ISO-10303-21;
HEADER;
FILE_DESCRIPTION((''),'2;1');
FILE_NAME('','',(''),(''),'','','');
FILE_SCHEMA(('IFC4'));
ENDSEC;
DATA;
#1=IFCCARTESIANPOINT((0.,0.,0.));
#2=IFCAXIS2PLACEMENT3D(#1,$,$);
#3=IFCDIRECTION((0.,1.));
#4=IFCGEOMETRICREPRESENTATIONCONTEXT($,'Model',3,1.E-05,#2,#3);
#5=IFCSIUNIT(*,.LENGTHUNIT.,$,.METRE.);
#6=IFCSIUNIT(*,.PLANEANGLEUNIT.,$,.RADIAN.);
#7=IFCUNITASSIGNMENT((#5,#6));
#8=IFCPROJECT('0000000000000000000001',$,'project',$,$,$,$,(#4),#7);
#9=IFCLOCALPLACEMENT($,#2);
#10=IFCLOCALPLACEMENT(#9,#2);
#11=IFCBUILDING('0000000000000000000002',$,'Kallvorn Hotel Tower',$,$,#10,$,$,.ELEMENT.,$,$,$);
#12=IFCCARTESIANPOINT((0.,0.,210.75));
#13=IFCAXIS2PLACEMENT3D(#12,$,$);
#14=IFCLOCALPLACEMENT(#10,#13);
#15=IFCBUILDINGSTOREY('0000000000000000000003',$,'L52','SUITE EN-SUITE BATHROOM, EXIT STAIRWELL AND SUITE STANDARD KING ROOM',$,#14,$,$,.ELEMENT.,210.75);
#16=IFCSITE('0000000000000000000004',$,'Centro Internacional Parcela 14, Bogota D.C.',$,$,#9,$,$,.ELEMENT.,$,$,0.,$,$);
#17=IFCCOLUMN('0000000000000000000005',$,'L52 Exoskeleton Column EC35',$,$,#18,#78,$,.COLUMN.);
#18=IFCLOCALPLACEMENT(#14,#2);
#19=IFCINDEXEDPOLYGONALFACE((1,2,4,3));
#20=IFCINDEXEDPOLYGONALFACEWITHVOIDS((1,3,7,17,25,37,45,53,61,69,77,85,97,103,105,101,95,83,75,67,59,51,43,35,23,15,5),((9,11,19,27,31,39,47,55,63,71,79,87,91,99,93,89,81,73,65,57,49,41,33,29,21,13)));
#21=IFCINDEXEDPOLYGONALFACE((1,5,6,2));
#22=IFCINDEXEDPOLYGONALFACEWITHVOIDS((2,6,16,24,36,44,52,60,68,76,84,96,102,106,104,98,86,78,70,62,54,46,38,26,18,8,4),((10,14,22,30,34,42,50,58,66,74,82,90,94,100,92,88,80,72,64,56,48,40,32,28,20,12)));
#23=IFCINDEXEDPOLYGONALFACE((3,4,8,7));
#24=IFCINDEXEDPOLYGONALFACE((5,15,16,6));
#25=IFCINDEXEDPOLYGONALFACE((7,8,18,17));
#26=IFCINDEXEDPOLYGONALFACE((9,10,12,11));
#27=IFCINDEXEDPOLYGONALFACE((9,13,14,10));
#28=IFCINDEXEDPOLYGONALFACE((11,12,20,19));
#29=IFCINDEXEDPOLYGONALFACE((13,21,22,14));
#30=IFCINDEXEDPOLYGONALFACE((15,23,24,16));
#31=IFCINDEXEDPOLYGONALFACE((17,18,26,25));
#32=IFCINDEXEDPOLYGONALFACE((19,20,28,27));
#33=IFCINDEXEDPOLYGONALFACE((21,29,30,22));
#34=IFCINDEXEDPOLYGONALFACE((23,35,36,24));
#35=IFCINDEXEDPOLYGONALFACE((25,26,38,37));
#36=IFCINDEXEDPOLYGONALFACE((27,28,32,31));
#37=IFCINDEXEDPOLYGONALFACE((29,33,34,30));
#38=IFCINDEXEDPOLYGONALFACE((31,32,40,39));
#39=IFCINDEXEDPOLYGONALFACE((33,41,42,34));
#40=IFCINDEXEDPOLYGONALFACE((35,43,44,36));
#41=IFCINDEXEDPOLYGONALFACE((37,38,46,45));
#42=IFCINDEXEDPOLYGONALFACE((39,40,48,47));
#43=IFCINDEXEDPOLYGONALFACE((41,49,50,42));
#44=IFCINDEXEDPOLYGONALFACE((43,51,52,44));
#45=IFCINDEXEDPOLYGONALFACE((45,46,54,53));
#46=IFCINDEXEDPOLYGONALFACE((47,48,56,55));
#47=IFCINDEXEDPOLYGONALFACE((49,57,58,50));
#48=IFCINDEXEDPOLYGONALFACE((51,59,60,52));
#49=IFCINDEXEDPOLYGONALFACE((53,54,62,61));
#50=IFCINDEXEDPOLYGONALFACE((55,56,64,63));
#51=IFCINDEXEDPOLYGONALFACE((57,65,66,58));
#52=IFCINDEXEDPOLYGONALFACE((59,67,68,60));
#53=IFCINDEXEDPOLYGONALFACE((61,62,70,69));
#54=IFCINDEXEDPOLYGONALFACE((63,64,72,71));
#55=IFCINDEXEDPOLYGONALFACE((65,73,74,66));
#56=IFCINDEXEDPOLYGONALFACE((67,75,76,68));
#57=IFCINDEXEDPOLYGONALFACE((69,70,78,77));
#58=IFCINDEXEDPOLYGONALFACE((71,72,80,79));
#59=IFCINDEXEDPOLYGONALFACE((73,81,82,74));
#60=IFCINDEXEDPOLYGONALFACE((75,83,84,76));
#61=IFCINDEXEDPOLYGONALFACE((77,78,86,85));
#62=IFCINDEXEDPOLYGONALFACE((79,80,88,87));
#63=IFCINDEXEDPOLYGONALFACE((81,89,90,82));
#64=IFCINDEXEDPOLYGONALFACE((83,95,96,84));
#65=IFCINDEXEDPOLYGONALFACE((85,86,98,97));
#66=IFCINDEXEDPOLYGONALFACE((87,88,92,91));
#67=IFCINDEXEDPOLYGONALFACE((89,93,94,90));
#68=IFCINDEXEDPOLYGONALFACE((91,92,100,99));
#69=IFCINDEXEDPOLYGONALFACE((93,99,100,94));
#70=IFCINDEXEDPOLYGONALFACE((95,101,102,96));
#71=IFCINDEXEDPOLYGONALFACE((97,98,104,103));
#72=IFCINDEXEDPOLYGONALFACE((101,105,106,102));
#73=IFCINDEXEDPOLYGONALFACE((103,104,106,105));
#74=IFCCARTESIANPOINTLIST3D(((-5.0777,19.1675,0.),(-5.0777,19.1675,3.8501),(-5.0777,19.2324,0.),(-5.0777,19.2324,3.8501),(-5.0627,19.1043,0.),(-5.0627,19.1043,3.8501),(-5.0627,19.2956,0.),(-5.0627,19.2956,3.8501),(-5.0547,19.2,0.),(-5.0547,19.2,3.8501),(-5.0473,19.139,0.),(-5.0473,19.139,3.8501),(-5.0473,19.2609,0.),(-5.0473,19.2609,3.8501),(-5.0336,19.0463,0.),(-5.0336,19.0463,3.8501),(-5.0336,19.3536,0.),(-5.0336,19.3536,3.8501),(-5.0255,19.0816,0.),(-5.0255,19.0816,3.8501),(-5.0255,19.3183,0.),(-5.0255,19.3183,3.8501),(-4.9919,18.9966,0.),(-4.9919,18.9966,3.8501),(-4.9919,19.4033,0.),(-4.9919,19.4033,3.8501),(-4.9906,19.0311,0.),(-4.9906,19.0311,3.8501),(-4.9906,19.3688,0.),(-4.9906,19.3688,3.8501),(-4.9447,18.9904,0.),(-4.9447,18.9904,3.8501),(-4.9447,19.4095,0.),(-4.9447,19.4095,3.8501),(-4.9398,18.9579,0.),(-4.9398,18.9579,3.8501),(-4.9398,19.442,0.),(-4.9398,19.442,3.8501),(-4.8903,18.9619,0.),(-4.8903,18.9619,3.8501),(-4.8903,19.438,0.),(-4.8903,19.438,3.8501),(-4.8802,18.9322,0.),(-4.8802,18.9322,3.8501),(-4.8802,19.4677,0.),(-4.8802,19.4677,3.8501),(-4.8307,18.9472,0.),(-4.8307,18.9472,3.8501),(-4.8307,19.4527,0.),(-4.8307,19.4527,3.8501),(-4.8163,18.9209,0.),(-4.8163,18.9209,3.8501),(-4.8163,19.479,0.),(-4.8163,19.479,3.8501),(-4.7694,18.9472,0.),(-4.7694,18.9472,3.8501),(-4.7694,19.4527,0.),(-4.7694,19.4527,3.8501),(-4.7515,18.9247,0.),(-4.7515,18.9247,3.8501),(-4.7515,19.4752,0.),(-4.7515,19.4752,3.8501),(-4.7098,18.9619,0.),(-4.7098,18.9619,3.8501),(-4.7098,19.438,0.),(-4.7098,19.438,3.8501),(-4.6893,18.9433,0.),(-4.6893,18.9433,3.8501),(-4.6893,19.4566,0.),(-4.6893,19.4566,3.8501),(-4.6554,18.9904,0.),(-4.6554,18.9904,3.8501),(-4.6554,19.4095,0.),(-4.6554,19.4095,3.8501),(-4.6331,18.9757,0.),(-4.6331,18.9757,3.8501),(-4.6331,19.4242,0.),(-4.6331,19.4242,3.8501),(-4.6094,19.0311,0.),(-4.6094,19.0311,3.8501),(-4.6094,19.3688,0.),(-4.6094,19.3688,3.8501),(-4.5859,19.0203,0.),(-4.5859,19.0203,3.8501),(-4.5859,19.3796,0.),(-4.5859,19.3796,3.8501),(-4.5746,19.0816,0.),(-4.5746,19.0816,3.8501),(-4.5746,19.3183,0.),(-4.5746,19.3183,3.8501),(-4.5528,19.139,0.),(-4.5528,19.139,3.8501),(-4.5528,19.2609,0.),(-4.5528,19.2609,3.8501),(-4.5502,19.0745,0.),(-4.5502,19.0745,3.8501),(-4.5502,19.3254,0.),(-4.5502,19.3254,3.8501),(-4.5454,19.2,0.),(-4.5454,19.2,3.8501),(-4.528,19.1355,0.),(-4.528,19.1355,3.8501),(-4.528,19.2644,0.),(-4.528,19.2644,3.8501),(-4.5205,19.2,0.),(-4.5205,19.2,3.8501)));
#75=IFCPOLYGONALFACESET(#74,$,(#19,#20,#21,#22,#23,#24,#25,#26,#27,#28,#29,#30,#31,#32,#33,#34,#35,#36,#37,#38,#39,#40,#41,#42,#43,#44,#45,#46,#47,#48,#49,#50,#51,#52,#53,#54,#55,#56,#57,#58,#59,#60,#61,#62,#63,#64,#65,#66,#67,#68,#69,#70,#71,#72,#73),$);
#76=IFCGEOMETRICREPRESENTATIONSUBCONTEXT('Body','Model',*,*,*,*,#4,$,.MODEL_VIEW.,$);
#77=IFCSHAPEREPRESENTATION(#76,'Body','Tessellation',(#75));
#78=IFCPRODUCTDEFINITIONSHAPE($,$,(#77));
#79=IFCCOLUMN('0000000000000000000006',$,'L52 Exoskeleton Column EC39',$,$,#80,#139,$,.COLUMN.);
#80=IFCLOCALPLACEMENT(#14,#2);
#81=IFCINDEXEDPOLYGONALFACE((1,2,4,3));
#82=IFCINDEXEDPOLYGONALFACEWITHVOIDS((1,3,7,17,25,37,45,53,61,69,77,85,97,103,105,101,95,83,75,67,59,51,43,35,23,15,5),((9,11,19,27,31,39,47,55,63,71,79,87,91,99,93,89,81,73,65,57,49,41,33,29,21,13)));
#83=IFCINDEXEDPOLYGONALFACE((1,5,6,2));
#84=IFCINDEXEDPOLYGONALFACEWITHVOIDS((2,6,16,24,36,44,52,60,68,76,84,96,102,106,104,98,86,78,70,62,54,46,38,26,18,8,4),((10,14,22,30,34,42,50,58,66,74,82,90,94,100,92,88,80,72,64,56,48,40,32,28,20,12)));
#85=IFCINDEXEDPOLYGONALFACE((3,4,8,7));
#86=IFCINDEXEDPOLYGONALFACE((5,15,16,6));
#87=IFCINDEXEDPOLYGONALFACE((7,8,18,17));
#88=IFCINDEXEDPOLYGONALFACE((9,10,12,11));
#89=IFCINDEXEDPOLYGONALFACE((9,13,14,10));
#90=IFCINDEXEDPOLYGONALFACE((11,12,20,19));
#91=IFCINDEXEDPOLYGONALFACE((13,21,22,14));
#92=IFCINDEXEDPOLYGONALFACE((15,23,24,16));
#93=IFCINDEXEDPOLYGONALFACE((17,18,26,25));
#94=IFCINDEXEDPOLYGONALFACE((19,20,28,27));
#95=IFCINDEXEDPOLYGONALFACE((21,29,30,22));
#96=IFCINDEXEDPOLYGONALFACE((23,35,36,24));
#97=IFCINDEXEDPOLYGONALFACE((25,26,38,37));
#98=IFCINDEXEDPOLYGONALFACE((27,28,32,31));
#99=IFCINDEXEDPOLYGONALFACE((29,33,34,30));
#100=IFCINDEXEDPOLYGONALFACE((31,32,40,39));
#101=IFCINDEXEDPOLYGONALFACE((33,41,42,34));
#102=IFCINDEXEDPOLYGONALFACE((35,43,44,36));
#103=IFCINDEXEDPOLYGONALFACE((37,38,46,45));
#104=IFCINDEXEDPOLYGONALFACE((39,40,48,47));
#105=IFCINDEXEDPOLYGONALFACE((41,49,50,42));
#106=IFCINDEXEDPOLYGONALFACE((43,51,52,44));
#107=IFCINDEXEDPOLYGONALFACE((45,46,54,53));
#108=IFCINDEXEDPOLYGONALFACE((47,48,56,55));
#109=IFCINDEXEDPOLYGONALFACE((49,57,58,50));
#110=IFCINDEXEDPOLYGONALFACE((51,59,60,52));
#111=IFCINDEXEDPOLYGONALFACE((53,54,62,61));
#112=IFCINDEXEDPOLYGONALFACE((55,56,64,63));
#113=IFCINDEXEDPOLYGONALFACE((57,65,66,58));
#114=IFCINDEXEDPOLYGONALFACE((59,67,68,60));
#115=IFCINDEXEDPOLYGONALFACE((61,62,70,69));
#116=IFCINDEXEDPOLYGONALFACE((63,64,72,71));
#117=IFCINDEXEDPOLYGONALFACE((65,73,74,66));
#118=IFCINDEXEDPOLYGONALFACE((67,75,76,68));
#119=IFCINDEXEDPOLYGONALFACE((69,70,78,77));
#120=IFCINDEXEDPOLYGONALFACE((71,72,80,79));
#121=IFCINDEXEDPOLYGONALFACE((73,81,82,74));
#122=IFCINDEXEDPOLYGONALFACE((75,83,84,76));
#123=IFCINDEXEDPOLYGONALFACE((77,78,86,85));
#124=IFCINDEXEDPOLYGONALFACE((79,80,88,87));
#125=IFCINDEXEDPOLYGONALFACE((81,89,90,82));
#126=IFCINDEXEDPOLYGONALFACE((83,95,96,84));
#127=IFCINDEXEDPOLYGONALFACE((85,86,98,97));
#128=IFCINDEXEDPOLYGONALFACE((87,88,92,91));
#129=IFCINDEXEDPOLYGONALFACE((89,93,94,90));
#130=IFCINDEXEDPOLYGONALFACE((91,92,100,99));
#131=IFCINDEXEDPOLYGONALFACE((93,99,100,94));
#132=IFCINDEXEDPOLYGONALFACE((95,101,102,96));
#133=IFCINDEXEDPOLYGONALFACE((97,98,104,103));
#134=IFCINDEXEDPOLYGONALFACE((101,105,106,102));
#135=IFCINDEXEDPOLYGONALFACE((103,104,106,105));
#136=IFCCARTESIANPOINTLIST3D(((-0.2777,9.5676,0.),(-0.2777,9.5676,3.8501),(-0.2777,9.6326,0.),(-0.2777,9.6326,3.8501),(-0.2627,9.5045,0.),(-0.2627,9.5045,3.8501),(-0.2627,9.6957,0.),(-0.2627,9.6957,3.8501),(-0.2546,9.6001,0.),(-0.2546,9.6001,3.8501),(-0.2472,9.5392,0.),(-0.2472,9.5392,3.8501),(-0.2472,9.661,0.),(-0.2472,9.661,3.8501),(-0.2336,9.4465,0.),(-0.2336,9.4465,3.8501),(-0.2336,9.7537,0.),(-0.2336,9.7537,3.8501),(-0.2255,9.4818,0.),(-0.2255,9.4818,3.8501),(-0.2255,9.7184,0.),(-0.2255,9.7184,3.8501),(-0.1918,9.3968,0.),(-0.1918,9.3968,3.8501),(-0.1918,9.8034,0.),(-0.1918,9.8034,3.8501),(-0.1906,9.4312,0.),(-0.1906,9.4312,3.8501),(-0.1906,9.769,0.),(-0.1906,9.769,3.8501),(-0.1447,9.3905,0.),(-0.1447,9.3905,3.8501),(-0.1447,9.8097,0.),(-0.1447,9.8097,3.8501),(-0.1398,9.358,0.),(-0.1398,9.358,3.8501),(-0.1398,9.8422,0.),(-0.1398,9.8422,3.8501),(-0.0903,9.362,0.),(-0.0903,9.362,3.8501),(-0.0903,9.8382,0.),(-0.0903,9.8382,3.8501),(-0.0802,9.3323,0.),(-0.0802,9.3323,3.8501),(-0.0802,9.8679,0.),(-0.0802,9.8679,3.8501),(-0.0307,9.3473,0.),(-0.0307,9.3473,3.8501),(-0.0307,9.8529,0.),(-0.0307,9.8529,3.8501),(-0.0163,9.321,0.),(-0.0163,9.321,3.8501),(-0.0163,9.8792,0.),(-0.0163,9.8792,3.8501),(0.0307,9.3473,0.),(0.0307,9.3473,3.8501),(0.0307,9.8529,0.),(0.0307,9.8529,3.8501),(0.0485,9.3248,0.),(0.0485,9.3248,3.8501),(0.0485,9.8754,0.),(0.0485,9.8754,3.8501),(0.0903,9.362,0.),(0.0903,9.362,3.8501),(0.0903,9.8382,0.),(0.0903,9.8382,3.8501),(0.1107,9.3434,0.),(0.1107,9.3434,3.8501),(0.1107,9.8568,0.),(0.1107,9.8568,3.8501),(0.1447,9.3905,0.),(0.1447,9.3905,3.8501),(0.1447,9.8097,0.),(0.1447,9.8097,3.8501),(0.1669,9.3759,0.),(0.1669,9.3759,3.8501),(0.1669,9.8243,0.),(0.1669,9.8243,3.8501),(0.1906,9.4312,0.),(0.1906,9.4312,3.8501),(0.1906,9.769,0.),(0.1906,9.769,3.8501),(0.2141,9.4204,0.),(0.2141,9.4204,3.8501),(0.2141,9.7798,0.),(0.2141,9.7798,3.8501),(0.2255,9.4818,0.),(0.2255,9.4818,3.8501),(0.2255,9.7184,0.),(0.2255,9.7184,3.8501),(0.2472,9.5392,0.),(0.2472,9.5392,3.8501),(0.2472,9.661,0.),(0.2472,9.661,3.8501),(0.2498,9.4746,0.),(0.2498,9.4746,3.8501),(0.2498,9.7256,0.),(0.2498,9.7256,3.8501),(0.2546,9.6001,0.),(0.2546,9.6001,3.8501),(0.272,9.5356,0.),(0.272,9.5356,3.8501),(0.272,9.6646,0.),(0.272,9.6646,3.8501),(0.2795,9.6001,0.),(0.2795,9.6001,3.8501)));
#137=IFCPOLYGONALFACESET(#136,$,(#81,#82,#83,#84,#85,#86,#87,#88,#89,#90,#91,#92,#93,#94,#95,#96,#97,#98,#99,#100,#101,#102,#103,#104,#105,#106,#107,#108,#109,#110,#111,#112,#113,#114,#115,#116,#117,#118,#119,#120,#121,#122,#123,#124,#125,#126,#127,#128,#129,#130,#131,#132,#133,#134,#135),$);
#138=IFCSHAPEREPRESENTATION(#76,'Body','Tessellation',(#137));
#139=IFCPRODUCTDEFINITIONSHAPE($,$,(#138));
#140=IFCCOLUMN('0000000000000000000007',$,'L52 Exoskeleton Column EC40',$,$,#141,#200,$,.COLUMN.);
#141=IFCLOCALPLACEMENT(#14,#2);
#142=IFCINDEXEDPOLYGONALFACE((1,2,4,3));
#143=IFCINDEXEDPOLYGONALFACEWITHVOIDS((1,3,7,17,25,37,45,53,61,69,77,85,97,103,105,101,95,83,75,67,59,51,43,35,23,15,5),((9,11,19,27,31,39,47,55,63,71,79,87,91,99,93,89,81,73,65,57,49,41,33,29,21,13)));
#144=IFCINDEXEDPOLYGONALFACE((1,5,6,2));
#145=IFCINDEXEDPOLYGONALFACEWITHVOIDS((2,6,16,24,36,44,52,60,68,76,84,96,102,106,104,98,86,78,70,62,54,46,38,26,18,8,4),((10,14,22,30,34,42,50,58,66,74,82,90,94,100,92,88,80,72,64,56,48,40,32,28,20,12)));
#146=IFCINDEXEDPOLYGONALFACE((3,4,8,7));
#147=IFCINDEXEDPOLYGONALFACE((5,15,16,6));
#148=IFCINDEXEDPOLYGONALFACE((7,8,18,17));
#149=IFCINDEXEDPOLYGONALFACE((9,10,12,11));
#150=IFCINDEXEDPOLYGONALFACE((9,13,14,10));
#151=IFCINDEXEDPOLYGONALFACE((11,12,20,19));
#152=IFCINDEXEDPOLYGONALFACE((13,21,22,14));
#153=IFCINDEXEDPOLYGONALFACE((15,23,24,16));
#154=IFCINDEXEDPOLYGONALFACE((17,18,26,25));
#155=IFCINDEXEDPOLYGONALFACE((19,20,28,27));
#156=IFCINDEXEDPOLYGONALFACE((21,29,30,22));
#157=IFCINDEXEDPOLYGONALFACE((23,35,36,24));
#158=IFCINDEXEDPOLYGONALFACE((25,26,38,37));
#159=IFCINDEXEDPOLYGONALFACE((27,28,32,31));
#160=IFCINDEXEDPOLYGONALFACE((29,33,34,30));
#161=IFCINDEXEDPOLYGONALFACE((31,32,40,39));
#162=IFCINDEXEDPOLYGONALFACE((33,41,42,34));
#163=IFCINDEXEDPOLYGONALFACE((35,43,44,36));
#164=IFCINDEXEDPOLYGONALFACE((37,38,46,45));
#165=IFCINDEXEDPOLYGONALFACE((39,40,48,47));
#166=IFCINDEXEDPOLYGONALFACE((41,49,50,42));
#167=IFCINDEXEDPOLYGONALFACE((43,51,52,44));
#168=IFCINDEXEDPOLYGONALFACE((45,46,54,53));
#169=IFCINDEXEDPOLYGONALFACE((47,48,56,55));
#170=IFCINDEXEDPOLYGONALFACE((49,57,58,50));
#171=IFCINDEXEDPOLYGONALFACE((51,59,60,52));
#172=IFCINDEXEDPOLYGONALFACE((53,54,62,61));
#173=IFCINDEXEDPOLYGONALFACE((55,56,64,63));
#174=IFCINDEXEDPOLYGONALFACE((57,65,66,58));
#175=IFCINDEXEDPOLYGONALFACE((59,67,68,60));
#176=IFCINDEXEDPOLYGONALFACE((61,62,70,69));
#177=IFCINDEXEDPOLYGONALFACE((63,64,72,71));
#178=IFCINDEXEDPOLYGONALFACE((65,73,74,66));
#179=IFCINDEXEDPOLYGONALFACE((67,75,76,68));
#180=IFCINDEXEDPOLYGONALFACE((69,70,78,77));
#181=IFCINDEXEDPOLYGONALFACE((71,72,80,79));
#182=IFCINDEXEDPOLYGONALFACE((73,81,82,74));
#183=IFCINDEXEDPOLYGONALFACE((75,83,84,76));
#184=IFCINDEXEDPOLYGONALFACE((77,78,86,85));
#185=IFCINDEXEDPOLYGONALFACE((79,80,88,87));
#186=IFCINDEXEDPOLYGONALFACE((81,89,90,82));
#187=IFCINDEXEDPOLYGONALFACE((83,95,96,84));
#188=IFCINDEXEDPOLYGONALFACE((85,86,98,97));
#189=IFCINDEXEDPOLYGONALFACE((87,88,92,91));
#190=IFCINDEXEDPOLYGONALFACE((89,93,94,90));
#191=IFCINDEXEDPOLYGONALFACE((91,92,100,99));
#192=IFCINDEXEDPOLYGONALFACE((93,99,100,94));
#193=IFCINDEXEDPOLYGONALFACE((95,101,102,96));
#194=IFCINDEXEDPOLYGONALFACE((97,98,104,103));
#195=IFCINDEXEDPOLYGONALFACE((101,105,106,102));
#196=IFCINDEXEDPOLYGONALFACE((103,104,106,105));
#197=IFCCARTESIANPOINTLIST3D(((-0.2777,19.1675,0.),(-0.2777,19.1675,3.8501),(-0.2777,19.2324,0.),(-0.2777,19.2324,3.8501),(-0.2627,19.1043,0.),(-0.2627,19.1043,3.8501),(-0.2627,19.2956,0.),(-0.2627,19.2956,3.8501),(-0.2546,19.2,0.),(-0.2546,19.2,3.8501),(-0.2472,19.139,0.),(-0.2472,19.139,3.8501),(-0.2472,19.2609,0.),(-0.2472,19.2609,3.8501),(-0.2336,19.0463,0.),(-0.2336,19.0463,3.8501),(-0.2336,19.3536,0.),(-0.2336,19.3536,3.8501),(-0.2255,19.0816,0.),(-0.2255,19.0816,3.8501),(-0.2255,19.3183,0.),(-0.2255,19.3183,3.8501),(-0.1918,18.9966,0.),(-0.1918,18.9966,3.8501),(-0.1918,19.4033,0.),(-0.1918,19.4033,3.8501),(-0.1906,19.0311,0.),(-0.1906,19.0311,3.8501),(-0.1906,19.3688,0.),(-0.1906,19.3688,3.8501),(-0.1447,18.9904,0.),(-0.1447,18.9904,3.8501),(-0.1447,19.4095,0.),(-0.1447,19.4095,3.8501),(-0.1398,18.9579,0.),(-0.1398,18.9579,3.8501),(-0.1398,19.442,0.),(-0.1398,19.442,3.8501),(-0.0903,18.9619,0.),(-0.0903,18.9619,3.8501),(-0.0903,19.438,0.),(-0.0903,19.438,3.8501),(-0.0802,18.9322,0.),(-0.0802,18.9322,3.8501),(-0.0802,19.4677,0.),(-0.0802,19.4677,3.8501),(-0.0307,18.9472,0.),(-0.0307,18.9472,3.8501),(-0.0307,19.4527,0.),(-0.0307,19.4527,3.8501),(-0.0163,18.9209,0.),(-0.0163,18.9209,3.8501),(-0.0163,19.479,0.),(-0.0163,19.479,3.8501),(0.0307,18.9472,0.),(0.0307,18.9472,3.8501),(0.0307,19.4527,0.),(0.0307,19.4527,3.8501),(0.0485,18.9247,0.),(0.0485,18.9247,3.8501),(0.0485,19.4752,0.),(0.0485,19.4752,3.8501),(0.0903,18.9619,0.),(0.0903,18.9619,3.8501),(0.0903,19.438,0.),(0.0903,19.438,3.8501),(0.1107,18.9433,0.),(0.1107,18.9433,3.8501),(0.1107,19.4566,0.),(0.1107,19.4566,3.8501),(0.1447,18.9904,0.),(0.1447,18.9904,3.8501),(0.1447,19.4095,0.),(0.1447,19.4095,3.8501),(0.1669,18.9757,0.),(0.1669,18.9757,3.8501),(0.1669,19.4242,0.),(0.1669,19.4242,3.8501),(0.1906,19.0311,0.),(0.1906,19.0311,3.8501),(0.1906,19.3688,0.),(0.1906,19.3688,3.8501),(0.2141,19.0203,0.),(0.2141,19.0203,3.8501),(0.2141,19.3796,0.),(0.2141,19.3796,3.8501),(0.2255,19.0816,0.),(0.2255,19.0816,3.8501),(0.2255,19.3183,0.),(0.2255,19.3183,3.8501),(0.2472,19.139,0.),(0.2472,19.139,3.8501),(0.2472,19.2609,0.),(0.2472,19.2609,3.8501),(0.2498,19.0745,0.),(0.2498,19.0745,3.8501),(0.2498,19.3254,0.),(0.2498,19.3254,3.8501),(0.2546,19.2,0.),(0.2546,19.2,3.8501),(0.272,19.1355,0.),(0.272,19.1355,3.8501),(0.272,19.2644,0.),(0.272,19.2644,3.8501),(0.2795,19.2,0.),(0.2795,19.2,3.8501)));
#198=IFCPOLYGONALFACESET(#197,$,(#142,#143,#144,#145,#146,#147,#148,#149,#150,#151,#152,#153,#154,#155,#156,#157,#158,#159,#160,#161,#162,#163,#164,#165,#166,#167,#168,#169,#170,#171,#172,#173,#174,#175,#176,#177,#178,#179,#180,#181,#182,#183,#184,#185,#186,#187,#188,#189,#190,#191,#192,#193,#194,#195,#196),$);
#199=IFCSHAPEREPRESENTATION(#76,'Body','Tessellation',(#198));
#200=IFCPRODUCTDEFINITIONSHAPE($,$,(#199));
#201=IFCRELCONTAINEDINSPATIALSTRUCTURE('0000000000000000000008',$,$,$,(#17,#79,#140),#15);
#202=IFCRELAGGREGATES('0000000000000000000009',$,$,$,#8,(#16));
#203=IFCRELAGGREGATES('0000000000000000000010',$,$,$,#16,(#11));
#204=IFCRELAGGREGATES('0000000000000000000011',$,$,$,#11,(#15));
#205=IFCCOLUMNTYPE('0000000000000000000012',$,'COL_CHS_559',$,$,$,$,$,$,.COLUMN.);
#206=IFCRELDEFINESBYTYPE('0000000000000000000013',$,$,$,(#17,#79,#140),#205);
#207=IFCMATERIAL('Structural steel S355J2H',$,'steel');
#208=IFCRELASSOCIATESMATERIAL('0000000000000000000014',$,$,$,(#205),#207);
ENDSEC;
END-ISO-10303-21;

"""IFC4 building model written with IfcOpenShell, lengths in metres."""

from ifc_helpers import new_model, si_unit, direction, frame, origin, origin_2d, place, context, subcontext, project, spatial, hollow_circle, extrude, material, material_profile, profile_set, type_object, element, save


model = new_model("IFC4")

# Units and contexts
model_context = context("Model", 3, precision=1e-05, world=origin(), true_north=direction((0.0, 1.0)))
body_context = subcontext(model_context, "Body", "Model", "MODEL_VIEW")
ifc_project = project(units=[si_unit("LENGTHUNIT", "METRE"), si_unit("PLANEANGLEUNIT", "RADIAN")], contexts=[model_context])

# Site, building, storey
site_placement = place(None, origin())
site = spatial("IfcSite", under=ifc_project, at=site_placement, Name="Centro Internacional Parcela 14, Bogota D.C.", CompositionType="ELEMENT", RefElevation=0.0)
building_placement = place(site_placement, origin())
building = spatial("IfcBuilding", under=site, at=building_placement, Name="Kallvorn Hotel Tower", CompositionType="ELEMENT")
storey_placement = place(building_placement, frame((0.0, 0.0, 210.75)))
storey = spatial("IfcBuildingStorey", under=building, at=storey_placement, Name="L52", Description="SUITE EN-SUITE BATHROOM, EXIT STAIRWELL AND SUITE STANDARD KING ROOM", CompositionType="ELEMENT", Elevation=210.75)

# Columns
ifc_material_1 = material(Name="Structural steel S355J2H", Category="steel")
ifc_material_profile_1 = material_profile(ifc_material_1, hollow_circle(Radius=0.2795, WallThickness=0.0249, at=origin_2d()), Name="CHS 559x25")
ifc_profile_set_1 = profile_set([ifc_material_profile_1], Name="Structural steel S355J2H")
column_type_1 = type_object("IfcColumnType", Name="COL_CHS_559", PredefinedType="COLUMN", material=ifc_profile_set_1)
for number, where, z_axis, x_axis, name in (
    (1, (-4.8, 19.2, 0.0), (0.0, 0.0, 1.0), (1.0, 0.0, 0.0), "L52 Exoskeleton Column EC35"),
    (2, (0.0, 9.6001, 0.0), (0.0, 0.0, 1.0), (1.0, 0.0, 0.0), "L52 Exoskeleton Column EC39"),
    (3, (0.0, 19.2, 0.0), (0.0, 0.0, 1.0), (1.0, 0.0, 0.0), "L52 Exoskeleton Column EC40"),
):
    element("IfcColumn", number, at=place(storey_placement, frame(where, z_axis=z_axis, x_axis=x_axis)), inside=storey, type_object=column_type_1, Name=name, PredefinedType="COLUMN", context=body_context, shape_type="SweptSolid", body=[
        extrude(hollow_circle(Radius=0.2795, WallThickness=0.0249, at=origin_2d()), origin(), (0.0, 0.0, 1.0), 3.8501),
    ])

save(model, "model.ifc")
